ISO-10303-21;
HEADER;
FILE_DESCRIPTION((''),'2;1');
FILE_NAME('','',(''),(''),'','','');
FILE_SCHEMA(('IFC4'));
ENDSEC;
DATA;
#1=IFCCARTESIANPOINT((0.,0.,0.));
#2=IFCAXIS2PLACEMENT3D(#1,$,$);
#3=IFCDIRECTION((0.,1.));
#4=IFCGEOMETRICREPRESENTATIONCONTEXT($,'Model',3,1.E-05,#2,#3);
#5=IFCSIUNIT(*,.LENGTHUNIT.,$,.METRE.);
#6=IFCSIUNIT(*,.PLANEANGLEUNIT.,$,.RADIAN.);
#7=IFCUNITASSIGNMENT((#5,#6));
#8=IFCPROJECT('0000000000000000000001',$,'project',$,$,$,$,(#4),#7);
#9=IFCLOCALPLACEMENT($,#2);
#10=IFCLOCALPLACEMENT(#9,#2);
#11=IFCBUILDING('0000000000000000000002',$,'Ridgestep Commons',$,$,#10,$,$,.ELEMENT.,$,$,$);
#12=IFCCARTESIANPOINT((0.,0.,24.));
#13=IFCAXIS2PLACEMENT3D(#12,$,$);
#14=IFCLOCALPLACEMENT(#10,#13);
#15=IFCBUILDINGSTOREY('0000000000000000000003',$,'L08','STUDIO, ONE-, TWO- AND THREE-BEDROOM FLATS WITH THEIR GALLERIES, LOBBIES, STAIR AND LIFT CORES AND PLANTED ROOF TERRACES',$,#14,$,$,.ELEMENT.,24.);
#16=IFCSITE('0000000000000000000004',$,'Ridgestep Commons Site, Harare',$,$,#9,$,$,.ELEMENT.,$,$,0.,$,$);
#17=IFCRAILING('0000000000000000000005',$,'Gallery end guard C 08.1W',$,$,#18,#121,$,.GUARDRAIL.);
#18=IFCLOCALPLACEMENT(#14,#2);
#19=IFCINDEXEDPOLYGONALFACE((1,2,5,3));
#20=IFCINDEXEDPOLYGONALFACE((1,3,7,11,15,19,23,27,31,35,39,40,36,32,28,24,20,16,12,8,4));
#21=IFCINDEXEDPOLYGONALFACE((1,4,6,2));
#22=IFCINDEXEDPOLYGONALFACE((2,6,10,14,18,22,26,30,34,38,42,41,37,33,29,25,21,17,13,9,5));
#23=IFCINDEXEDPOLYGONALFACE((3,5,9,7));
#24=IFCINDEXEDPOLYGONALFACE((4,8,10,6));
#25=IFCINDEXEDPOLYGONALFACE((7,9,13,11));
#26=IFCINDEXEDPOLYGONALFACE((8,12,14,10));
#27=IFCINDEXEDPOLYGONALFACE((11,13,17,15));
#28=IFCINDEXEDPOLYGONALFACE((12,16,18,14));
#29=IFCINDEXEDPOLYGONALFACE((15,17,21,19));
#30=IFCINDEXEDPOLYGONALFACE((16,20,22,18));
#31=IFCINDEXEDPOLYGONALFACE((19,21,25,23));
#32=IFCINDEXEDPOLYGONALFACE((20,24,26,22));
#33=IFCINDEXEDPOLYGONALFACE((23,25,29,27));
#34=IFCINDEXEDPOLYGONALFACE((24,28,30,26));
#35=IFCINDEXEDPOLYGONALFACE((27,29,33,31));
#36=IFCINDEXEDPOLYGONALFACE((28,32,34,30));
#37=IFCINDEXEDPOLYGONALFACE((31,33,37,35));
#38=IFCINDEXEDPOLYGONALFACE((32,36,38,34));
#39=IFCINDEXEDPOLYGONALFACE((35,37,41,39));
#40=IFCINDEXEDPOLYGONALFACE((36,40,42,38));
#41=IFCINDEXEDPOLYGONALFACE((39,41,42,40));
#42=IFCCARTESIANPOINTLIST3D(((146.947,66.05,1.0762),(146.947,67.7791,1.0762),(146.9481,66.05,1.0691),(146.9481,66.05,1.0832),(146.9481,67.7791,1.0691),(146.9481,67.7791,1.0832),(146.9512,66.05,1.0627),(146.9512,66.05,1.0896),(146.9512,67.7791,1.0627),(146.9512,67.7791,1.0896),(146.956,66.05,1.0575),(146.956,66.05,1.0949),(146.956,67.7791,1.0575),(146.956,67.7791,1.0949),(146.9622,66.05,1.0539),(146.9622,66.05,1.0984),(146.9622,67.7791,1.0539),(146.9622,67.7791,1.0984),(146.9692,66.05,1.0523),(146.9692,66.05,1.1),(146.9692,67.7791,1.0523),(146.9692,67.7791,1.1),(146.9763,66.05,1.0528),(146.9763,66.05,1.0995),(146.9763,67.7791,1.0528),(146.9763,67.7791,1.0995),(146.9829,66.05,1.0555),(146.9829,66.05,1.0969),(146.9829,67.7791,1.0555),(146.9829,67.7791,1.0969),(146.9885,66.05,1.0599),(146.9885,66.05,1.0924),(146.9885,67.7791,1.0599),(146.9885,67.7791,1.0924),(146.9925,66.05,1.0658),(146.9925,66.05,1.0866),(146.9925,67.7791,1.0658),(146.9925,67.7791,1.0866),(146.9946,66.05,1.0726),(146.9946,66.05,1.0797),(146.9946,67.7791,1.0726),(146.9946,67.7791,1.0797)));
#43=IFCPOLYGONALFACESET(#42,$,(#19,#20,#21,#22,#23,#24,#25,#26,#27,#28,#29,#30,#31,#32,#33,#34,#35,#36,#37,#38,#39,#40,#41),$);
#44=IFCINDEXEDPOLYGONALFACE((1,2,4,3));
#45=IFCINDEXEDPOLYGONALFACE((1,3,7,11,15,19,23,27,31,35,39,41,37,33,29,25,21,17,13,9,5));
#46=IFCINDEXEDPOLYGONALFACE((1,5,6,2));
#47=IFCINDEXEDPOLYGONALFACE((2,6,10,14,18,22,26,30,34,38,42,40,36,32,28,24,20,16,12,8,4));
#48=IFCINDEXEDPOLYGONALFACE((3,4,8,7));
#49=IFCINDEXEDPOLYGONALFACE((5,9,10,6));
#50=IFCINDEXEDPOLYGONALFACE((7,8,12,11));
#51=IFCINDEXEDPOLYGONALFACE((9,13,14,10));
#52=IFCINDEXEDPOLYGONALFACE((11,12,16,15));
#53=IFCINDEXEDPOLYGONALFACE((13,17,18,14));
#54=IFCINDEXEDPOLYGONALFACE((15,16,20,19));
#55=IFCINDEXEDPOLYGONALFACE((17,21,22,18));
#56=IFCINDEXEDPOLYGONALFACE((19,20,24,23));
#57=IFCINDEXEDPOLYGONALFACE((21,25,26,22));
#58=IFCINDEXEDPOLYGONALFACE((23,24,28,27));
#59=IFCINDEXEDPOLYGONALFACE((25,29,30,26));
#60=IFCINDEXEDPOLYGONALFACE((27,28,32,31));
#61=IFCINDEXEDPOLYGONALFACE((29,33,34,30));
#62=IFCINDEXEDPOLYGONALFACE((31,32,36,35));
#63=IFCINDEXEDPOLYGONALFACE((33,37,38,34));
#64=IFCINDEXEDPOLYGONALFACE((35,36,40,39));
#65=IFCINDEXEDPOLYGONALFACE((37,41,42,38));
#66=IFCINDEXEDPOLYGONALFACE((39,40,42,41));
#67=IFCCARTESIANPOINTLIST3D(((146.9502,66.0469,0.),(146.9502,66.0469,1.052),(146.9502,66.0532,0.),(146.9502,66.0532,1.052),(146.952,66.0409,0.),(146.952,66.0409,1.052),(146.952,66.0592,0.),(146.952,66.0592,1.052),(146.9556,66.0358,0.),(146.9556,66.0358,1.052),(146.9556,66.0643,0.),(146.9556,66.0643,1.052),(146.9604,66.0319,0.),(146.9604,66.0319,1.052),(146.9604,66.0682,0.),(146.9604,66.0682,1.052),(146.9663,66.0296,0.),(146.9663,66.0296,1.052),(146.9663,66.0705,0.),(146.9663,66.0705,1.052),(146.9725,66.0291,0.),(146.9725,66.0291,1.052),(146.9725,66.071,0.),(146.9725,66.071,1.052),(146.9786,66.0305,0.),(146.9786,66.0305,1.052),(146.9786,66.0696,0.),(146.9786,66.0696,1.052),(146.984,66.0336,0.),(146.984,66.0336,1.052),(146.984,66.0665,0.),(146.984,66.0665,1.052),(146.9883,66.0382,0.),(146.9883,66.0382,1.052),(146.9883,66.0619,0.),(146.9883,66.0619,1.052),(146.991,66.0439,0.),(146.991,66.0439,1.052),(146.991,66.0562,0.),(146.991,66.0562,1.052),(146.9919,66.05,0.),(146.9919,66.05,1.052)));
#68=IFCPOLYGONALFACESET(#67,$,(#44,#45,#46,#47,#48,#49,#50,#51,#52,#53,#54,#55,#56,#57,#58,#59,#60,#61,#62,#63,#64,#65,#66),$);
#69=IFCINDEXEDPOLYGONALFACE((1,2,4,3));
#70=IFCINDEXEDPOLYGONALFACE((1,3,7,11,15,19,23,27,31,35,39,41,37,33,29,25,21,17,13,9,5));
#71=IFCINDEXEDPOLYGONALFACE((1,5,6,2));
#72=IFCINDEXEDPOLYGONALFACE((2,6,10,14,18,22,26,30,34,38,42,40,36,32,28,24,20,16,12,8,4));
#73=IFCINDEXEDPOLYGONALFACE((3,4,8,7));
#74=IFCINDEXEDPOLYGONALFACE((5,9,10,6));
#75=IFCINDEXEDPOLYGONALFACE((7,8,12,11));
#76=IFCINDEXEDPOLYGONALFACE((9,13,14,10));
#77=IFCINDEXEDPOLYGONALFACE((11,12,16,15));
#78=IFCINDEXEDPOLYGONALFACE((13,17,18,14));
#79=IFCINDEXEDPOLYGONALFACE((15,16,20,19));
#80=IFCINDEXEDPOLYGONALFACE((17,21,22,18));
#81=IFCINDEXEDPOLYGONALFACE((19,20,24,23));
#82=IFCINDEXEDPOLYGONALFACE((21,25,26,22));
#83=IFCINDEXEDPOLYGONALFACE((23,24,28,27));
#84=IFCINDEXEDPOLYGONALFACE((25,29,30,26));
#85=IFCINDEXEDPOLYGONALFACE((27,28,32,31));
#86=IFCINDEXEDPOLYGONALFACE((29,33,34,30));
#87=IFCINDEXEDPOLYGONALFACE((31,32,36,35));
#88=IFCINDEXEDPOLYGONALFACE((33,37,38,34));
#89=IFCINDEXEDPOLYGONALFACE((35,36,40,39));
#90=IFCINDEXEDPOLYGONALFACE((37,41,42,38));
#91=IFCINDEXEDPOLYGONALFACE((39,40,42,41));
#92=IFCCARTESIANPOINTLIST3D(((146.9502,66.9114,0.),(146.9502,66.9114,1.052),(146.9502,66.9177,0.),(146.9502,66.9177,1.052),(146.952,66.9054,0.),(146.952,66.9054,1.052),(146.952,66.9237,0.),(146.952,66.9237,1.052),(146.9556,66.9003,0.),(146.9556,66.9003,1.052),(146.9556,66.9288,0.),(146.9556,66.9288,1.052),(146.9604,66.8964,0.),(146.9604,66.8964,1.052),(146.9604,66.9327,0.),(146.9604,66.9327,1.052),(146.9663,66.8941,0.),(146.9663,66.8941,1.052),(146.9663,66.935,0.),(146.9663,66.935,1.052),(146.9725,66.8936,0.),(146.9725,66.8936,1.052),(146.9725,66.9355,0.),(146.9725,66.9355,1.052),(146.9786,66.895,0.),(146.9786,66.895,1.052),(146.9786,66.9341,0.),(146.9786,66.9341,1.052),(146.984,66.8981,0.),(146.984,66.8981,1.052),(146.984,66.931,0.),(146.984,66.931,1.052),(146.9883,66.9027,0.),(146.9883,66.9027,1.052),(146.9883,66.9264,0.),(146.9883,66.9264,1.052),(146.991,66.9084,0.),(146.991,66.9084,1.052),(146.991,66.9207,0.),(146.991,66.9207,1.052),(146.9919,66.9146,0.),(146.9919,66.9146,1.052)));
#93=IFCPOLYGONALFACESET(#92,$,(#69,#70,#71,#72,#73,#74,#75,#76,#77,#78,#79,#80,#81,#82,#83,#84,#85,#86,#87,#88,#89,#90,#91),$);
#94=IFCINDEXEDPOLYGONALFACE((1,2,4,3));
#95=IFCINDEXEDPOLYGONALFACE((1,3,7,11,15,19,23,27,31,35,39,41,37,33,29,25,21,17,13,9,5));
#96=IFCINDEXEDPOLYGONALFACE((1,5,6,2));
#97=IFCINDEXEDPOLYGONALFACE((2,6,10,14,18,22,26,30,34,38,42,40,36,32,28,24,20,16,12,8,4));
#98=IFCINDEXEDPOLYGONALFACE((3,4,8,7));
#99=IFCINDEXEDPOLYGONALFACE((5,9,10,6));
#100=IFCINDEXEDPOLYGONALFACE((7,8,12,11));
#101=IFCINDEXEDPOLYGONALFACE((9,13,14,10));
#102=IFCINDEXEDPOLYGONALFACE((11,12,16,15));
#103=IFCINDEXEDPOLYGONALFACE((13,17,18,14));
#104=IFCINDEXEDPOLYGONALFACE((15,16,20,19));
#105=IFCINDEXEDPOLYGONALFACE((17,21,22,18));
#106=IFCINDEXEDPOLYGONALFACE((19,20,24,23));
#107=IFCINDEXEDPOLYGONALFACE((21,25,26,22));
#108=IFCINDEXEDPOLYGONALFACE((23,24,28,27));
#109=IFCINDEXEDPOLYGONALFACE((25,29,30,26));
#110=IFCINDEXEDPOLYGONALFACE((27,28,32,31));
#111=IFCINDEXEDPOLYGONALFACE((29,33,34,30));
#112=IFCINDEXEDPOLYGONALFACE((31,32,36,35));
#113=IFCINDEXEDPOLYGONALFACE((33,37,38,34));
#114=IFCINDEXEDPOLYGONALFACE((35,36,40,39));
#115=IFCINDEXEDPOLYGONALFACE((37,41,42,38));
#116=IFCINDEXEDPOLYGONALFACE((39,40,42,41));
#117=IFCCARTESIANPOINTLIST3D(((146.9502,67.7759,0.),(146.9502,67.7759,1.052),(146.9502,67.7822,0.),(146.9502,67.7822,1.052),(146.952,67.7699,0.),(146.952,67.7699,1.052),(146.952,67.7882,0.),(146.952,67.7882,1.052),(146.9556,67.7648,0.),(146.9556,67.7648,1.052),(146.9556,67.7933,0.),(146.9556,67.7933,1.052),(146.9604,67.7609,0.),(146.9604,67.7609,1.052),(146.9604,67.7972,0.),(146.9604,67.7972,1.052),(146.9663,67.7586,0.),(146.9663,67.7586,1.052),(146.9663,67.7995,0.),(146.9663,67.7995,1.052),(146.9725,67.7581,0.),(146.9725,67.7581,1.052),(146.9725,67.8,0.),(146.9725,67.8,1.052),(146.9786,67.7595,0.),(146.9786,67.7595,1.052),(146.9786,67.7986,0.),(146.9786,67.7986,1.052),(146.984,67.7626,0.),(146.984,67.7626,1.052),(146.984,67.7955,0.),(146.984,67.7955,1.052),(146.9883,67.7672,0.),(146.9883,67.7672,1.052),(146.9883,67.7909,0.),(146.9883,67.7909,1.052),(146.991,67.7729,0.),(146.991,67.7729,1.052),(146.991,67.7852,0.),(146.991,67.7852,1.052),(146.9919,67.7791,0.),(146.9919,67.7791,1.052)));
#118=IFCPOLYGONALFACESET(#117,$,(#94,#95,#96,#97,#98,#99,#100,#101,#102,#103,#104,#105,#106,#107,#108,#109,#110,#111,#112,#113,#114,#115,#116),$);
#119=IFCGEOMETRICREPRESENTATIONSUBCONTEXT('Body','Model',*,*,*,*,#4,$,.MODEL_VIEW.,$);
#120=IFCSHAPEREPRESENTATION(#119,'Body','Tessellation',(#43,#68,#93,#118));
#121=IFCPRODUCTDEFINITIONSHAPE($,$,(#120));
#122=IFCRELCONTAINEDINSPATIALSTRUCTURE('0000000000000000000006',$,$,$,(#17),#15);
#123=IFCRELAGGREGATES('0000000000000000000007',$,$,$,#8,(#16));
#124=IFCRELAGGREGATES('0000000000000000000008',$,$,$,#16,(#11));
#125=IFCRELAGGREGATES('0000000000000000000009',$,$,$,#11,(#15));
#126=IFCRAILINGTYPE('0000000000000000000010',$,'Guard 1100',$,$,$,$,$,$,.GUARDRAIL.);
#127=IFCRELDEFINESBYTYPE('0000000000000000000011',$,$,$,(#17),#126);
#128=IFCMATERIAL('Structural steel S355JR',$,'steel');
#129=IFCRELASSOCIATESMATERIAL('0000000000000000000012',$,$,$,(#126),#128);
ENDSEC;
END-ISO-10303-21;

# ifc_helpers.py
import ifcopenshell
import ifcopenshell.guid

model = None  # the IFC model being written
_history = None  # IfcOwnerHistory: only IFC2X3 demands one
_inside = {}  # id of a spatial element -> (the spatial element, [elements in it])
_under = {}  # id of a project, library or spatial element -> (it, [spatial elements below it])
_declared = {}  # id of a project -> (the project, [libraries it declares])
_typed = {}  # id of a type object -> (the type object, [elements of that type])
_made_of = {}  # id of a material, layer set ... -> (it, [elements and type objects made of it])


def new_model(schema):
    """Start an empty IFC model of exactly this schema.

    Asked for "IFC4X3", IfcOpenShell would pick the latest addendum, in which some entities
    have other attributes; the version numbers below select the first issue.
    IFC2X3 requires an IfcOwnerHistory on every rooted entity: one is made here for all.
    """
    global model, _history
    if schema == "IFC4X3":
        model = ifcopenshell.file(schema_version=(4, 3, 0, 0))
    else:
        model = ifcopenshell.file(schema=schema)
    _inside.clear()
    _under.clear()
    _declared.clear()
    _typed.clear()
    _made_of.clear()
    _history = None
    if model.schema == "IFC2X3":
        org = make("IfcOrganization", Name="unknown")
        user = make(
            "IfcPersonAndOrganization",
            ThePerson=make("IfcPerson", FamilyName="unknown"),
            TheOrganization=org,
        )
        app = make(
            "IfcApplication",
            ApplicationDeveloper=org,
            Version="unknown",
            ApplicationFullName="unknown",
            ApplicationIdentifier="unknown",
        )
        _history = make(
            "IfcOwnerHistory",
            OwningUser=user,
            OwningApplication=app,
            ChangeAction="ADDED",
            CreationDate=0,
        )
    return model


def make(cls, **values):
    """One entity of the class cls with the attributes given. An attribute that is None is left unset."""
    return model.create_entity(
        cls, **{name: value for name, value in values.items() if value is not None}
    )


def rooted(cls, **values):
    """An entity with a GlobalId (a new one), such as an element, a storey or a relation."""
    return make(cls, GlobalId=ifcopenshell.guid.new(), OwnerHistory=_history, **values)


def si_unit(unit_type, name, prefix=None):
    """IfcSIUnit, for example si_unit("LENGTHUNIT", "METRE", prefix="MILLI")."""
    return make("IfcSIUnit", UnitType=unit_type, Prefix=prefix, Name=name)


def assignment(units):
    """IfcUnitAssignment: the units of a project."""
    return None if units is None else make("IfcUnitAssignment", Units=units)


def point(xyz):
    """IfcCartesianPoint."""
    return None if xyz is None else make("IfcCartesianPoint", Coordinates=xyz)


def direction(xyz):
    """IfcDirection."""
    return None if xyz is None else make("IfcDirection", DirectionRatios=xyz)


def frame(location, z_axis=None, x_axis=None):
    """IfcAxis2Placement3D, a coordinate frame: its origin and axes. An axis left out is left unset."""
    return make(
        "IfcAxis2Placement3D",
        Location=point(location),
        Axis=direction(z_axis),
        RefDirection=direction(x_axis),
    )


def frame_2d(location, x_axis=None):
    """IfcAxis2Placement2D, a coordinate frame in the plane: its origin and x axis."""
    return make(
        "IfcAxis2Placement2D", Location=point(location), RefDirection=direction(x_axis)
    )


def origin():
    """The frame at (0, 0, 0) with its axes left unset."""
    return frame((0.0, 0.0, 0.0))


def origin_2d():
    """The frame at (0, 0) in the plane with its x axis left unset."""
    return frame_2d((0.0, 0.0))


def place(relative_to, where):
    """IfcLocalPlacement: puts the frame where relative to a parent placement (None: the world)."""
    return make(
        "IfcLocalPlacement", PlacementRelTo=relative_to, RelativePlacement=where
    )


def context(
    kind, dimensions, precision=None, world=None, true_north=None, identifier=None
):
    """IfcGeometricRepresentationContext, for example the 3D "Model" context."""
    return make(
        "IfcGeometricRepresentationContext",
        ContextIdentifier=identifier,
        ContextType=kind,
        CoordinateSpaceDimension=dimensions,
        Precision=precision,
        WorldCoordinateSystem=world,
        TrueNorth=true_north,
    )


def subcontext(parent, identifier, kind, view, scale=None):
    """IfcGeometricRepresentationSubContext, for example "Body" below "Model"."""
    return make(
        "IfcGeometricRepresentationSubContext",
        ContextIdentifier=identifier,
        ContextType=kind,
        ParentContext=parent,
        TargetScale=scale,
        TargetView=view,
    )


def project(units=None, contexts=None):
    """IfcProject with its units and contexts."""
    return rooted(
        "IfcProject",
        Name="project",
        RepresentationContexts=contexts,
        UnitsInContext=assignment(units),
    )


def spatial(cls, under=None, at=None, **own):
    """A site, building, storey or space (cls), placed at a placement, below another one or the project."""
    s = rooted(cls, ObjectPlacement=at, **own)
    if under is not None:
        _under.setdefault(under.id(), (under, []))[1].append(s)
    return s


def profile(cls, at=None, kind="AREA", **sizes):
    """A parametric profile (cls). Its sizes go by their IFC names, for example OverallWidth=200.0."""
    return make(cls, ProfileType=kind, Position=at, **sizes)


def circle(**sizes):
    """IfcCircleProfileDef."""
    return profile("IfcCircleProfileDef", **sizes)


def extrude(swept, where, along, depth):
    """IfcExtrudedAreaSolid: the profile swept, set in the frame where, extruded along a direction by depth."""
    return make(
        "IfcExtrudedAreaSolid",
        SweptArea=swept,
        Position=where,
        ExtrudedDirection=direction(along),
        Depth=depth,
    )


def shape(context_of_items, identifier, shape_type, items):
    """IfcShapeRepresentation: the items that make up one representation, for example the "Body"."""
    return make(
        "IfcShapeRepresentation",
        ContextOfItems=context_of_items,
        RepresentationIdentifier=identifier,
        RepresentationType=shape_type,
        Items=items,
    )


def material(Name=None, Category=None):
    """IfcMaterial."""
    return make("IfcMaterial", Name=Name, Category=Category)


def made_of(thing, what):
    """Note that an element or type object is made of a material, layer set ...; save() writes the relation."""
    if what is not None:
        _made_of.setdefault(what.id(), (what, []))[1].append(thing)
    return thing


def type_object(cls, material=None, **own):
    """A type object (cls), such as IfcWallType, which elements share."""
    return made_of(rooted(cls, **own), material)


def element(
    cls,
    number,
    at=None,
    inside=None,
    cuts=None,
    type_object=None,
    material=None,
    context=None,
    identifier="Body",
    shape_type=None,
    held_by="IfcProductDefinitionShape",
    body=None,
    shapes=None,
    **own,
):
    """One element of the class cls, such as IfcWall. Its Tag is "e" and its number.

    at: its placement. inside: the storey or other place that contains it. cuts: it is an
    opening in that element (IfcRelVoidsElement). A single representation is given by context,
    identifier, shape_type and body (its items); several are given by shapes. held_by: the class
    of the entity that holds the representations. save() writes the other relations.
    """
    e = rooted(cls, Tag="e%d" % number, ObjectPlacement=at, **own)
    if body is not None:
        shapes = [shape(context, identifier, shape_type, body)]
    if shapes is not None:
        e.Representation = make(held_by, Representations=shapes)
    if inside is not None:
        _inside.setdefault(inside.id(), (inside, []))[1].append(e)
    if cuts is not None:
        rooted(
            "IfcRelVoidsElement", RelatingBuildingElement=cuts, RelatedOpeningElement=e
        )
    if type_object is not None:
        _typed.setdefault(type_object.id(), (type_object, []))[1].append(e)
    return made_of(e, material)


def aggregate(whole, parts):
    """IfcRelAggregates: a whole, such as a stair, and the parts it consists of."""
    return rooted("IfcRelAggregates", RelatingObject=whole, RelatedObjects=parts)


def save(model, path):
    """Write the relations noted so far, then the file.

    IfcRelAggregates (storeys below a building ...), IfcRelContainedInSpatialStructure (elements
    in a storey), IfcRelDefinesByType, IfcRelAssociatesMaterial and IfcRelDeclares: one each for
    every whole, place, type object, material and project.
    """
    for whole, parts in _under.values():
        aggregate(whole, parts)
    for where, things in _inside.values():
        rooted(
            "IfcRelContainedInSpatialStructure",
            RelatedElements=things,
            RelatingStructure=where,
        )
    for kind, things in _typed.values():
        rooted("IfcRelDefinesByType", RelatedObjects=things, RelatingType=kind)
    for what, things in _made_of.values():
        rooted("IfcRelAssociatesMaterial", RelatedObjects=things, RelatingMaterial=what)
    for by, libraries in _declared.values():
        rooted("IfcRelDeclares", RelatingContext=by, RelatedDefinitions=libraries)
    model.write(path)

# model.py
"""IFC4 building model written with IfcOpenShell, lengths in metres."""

from ifc_helpers import new_model, si_unit, direction, frame, origin, origin_2d, place, context, subcontext, project, spatial, circle, extrude, material, type_object, element, save


model = new_model("IFC4")

# Units and contexts
model_context = context("Model", 3, precision=1e-05, world=origin(), true_north=direction((0.0, 1.0)))
body_context = subcontext(model_context, "Body", "Model", "MODEL_VIEW")
ifc_project = project(units=[si_unit("LENGTHUNIT", "METRE"), si_unit("PLANEANGLEUNIT", "RADIAN")], contexts=[model_context])

# Site, building, storey
site_placement = place(None, origin())
site = spatial("IfcSite", under=ifc_project, at=site_placement, Name="Ridgestep Commons Site, Harare", CompositionType="ELEMENT", RefElevation=0.0)
building_placement = place(site_placement, origin())
building = spatial("IfcBuilding", under=site, at=building_placement, Name="Ridgestep Commons", CompositionType="ELEMENT")
storey_placement = place(building_placement, frame((0.0, 0.0, 24.0)))
storey = spatial("IfcBuildingStorey", under=building, at=storey_placement, Name="L08", Description="STUDIO, ONE-, TWO- AND THREE-BEDROOM FLATS WITH THEIR GALLERIES, LOBBIES, STAIR AND LIFT CORES AND PLANTED ROOF TERRACES", CompositionType="ELEMENT", Elevation=24.0)

# Railing
ifc_material_1 = material(Name="Structural steel S355JR", Category="steel")
railing_type_1 = type_object("IfcRailingType", Name="Guard 1100", PredefinedType="GUARDRAIL", material=ifc_material_1)
railing_1_placement = place(storey_placement, frame((146.9709, 66.05, 0.0)))
element("IfcRailing", 1, at=railing_1_placement, inside=storey, type_object=railing_type_1, Name="Gallery end guard C 08.1W", PredefinedType="GUARDRAIL", context=body_context, shape_type="SweptSolid", body=[
    extrude(circle(Radius=0.0239, at=origin_2d()), frame((0.0, 0.0, 1.0762), z_axis=(0.0, 1.0, 0.0), x_axis=(-1.0, 0.0, 0.0)), (0.0, 0.0, 1.0), 1.729),
    extrude(circle(Radius=0.021, at=origin_2d()), origin(), (0.0, 0.0, 1.0), 1.052),
    extrude(circle(Radius=0.021, at=origin_2d()), frame((0.0, 0.8645, 0.0)), (0.0, 0.0, 1.0), 1.052),
    extrude(circle(Radius=0.021, at=origin_2d()), frame((0.0, 1.729, 0.0)), (0.0, 0.0, 1.0), 1.052),
])

save(model, "model.ifc")
